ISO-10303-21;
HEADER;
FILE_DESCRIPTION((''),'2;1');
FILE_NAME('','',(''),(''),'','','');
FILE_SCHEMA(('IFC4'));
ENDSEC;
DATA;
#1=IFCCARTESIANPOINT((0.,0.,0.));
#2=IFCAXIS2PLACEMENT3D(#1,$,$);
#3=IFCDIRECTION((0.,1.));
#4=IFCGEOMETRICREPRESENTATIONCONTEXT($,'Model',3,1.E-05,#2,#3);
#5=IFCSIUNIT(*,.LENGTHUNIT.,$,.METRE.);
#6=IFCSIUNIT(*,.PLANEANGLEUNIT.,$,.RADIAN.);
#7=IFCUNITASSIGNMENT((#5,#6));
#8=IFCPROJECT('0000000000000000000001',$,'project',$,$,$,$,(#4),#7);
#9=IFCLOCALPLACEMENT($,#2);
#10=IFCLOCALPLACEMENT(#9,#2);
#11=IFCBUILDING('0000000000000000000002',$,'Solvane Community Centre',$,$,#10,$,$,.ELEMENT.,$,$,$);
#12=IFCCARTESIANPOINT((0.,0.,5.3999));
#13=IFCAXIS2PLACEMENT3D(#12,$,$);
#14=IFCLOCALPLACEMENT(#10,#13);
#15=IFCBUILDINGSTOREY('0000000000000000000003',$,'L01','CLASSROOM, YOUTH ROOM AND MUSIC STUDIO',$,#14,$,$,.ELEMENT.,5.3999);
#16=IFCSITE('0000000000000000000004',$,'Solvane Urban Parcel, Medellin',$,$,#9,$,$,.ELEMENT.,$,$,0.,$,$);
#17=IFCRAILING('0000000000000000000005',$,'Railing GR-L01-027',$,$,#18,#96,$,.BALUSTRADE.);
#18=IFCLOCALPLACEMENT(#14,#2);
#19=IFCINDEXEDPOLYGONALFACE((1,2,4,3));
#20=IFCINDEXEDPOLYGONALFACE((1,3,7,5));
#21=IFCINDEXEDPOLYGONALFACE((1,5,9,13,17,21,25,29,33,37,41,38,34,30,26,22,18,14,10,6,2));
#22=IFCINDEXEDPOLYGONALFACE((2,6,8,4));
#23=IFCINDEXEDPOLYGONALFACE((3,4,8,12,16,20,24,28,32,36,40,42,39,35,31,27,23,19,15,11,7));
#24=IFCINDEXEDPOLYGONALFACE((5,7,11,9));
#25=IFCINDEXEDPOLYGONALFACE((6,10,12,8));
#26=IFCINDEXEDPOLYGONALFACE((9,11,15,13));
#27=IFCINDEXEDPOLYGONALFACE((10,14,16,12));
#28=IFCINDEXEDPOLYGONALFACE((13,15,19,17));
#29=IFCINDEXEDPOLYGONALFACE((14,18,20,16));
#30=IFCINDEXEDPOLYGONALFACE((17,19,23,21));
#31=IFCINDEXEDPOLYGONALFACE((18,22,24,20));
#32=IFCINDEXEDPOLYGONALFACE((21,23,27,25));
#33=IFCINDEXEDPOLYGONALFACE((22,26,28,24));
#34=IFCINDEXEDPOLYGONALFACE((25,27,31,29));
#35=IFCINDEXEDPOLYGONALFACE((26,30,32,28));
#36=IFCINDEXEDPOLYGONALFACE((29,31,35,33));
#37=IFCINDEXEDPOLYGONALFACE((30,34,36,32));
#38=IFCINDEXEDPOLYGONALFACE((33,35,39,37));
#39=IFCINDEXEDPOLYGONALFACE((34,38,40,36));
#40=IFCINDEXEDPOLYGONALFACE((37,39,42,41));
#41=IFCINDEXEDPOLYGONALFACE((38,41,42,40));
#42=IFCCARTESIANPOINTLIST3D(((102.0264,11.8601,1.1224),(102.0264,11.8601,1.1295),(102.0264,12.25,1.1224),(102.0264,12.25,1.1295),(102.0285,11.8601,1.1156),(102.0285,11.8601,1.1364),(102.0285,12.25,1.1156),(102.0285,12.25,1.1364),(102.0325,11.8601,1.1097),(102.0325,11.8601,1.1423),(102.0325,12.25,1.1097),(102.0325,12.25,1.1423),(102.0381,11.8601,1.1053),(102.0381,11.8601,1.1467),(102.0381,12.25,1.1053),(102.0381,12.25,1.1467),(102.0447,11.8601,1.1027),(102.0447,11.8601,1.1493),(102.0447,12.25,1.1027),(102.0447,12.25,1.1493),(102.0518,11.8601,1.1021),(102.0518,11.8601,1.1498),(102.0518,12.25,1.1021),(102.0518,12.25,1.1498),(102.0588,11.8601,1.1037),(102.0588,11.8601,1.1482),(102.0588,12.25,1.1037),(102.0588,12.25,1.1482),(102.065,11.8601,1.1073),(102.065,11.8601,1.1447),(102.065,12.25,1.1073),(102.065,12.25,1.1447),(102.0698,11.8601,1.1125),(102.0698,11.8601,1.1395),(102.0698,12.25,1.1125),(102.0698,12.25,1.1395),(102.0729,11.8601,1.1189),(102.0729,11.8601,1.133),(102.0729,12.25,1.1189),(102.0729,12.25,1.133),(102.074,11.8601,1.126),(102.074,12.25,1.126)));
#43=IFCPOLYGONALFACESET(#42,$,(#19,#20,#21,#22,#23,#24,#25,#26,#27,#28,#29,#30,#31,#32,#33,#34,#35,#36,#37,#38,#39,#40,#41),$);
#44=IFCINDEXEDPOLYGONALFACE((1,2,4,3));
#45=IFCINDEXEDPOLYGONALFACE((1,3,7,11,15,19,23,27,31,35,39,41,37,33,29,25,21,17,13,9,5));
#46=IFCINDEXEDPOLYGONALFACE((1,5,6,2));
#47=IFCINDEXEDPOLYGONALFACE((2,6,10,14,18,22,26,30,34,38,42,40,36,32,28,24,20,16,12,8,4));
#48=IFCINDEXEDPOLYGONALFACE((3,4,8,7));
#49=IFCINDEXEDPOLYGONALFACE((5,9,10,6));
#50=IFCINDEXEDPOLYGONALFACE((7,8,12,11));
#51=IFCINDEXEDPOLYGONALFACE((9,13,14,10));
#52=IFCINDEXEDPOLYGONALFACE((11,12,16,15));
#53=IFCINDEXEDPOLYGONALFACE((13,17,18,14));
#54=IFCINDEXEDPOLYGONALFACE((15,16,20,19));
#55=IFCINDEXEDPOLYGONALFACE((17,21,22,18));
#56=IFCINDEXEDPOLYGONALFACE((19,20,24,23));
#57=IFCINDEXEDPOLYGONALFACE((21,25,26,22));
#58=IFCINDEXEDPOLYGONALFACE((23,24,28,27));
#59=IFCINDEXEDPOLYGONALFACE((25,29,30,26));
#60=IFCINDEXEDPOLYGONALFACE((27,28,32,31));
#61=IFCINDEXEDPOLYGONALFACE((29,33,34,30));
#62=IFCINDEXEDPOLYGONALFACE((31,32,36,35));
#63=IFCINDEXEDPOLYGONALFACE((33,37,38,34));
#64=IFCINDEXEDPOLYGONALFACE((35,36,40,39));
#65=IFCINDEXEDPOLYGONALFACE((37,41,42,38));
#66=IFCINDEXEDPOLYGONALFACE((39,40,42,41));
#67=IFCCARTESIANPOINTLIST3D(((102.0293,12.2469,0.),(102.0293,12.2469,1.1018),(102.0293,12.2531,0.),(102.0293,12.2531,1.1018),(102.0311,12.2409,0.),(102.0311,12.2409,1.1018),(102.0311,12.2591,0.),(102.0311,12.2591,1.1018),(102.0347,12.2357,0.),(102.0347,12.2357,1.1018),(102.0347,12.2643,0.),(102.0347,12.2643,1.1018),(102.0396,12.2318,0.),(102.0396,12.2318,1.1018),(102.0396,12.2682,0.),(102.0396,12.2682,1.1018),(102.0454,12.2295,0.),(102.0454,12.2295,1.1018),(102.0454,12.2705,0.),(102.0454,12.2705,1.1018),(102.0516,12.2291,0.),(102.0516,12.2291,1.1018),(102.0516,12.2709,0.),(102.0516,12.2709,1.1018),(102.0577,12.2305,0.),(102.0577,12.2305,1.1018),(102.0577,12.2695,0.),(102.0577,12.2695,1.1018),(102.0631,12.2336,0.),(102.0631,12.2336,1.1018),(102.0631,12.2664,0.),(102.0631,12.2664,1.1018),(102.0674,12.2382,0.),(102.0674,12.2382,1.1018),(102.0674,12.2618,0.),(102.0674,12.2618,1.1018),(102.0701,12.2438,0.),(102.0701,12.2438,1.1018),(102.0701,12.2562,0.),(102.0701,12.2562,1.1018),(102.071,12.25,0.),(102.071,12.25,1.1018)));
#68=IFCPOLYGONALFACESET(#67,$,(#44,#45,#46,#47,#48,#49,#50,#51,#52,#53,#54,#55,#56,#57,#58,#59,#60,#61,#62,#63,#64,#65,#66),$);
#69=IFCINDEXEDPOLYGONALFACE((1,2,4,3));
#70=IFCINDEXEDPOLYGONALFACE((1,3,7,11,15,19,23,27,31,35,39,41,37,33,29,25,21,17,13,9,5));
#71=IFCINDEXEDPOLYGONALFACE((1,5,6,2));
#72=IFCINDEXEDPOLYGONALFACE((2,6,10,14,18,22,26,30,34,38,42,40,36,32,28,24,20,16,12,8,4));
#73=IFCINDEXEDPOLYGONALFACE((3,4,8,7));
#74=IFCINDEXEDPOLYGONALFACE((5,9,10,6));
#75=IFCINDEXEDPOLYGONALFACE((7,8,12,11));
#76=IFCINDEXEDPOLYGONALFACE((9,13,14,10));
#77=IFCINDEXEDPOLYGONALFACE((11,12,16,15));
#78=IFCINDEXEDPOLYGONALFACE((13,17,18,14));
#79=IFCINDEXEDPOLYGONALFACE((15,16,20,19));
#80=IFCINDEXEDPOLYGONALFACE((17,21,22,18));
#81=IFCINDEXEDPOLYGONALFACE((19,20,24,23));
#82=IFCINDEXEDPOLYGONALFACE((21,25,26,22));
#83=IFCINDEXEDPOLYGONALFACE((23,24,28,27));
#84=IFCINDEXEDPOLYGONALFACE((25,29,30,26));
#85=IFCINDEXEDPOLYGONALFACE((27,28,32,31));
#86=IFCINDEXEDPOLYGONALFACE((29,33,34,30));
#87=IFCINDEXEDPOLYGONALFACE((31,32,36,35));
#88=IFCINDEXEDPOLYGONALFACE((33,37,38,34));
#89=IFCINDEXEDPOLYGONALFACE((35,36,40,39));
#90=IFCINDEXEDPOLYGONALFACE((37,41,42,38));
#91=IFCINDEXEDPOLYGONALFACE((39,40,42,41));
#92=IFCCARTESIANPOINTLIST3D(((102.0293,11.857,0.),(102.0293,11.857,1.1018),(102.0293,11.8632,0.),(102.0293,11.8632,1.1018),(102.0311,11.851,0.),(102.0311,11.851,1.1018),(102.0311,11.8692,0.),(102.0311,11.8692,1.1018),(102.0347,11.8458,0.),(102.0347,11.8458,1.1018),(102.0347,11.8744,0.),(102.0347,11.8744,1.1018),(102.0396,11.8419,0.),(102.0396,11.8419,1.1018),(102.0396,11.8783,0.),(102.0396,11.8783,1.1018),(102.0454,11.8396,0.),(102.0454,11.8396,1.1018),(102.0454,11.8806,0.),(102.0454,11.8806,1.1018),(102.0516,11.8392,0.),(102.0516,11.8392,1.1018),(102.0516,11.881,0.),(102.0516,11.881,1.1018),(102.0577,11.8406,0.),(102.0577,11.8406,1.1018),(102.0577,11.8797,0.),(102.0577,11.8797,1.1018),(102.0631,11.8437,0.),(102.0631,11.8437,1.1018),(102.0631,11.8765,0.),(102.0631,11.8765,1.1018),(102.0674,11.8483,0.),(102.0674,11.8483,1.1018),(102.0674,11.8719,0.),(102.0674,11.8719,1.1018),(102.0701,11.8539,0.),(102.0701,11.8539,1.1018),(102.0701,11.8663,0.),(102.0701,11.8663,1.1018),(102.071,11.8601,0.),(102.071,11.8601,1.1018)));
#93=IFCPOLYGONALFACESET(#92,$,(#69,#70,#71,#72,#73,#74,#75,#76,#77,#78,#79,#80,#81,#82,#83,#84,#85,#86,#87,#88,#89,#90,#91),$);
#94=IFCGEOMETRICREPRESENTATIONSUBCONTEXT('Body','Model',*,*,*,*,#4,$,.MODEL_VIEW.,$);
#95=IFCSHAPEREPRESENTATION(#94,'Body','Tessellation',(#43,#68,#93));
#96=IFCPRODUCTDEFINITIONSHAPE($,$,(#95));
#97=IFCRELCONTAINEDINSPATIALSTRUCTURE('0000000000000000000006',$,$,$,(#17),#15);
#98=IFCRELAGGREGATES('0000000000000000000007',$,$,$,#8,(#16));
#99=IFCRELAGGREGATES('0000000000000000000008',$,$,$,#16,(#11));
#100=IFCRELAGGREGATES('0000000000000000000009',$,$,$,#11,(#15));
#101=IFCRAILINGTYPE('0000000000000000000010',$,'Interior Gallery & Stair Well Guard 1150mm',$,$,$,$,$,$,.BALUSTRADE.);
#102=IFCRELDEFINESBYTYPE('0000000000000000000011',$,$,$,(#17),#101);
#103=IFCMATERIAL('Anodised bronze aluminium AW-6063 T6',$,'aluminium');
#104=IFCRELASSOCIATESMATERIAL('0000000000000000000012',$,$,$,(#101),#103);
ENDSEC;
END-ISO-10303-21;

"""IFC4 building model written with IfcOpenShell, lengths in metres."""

from ifc_helpers import new_model, si_unit, direction, frame, origin, origin_2d, place, context, subcontext, project, spatial, circle, extrude, material, type_object, element, save


model = new_model("IFC4")

# Units and contexts
model_context = context("Model", 3, precision=1e-05, world=origin(), true_north=direction((0.0, 1.0)))
body_context = subcontext(model_context, "Body", "Model", "MODEL_VIEW")
ifc_project = project(units=[si_unit("LENGTHUNIT", "METRE"), si_unit("PLANEANGLEUNIT", "RADIAN")], contexts=[model_context])

# Site, building, storey
site_placement = place(None, origin())
site = spatial("IfcSite", under=ifc_project, at=site_placement, Name="Solvane Urban Parcel, Medellin", CompositionType="ELEMENT", RefElevation=0.0)
building_placement = place(site_placement, origin())
building = spatial("IfcBuilding", under=site, at=building_placement, Name="Solvane Community Centre", CompositionType="ELEMENT")
storey_placement = place(building_placement, frame((0.0, 0.0, 5.3999)))
storey = spatial("IfcBuildingStorey", under=building, at=storey_placement, Name="L01", Description="CLASSROOM, YOUTH ROOM AND MUSIC STUDIO", CompositionType="ELEMENT", Elevation=5.3999)

# Shared definitions
ifc_material_1 = material(Name="Anodised bronze aluminium AW-6063 T6", Category="aluminium")

# Railing
railing_type_1 = type_object("IfcRailingType", Name="Interior Gallery & Stair Well Guard 1150mm", PredefinedType="BALUSTRADE", material=ifc_material_1)
railing_1_placement = place(storey_placement, frame((102.05, 12.25, 0.0)))
element("IfcRailing", 1, at=railing_1_placement, inside=storey, type_object=railing_type_1, Name="Railing GR-L01-027", PredefinedType="BALUSTRADE", context=body_context, shape_type="SweptSolid", body=[
    extrude(circle(Radius=0.0239, at=origin_2d()), frame((0.0, 0.0, 1.126), z_axis=(0.0, -1.0, 0.0), x_axis=(1.0, 0.0, 0.0)), (0.0, 0.0, 1.0), 0.3899),
    extrude(circle(Radius=0.021, at=origin_2d()), origin(), (0.0, 0.0, 1.0), 1.1018),
    extrude(circle(Radius=0.021, at=origin_2d()), frame((0.0, -0.3899, 0.0)), (0.0, 0.0, 1.0), 1.1018),
])

save(model, "model.ifc")
